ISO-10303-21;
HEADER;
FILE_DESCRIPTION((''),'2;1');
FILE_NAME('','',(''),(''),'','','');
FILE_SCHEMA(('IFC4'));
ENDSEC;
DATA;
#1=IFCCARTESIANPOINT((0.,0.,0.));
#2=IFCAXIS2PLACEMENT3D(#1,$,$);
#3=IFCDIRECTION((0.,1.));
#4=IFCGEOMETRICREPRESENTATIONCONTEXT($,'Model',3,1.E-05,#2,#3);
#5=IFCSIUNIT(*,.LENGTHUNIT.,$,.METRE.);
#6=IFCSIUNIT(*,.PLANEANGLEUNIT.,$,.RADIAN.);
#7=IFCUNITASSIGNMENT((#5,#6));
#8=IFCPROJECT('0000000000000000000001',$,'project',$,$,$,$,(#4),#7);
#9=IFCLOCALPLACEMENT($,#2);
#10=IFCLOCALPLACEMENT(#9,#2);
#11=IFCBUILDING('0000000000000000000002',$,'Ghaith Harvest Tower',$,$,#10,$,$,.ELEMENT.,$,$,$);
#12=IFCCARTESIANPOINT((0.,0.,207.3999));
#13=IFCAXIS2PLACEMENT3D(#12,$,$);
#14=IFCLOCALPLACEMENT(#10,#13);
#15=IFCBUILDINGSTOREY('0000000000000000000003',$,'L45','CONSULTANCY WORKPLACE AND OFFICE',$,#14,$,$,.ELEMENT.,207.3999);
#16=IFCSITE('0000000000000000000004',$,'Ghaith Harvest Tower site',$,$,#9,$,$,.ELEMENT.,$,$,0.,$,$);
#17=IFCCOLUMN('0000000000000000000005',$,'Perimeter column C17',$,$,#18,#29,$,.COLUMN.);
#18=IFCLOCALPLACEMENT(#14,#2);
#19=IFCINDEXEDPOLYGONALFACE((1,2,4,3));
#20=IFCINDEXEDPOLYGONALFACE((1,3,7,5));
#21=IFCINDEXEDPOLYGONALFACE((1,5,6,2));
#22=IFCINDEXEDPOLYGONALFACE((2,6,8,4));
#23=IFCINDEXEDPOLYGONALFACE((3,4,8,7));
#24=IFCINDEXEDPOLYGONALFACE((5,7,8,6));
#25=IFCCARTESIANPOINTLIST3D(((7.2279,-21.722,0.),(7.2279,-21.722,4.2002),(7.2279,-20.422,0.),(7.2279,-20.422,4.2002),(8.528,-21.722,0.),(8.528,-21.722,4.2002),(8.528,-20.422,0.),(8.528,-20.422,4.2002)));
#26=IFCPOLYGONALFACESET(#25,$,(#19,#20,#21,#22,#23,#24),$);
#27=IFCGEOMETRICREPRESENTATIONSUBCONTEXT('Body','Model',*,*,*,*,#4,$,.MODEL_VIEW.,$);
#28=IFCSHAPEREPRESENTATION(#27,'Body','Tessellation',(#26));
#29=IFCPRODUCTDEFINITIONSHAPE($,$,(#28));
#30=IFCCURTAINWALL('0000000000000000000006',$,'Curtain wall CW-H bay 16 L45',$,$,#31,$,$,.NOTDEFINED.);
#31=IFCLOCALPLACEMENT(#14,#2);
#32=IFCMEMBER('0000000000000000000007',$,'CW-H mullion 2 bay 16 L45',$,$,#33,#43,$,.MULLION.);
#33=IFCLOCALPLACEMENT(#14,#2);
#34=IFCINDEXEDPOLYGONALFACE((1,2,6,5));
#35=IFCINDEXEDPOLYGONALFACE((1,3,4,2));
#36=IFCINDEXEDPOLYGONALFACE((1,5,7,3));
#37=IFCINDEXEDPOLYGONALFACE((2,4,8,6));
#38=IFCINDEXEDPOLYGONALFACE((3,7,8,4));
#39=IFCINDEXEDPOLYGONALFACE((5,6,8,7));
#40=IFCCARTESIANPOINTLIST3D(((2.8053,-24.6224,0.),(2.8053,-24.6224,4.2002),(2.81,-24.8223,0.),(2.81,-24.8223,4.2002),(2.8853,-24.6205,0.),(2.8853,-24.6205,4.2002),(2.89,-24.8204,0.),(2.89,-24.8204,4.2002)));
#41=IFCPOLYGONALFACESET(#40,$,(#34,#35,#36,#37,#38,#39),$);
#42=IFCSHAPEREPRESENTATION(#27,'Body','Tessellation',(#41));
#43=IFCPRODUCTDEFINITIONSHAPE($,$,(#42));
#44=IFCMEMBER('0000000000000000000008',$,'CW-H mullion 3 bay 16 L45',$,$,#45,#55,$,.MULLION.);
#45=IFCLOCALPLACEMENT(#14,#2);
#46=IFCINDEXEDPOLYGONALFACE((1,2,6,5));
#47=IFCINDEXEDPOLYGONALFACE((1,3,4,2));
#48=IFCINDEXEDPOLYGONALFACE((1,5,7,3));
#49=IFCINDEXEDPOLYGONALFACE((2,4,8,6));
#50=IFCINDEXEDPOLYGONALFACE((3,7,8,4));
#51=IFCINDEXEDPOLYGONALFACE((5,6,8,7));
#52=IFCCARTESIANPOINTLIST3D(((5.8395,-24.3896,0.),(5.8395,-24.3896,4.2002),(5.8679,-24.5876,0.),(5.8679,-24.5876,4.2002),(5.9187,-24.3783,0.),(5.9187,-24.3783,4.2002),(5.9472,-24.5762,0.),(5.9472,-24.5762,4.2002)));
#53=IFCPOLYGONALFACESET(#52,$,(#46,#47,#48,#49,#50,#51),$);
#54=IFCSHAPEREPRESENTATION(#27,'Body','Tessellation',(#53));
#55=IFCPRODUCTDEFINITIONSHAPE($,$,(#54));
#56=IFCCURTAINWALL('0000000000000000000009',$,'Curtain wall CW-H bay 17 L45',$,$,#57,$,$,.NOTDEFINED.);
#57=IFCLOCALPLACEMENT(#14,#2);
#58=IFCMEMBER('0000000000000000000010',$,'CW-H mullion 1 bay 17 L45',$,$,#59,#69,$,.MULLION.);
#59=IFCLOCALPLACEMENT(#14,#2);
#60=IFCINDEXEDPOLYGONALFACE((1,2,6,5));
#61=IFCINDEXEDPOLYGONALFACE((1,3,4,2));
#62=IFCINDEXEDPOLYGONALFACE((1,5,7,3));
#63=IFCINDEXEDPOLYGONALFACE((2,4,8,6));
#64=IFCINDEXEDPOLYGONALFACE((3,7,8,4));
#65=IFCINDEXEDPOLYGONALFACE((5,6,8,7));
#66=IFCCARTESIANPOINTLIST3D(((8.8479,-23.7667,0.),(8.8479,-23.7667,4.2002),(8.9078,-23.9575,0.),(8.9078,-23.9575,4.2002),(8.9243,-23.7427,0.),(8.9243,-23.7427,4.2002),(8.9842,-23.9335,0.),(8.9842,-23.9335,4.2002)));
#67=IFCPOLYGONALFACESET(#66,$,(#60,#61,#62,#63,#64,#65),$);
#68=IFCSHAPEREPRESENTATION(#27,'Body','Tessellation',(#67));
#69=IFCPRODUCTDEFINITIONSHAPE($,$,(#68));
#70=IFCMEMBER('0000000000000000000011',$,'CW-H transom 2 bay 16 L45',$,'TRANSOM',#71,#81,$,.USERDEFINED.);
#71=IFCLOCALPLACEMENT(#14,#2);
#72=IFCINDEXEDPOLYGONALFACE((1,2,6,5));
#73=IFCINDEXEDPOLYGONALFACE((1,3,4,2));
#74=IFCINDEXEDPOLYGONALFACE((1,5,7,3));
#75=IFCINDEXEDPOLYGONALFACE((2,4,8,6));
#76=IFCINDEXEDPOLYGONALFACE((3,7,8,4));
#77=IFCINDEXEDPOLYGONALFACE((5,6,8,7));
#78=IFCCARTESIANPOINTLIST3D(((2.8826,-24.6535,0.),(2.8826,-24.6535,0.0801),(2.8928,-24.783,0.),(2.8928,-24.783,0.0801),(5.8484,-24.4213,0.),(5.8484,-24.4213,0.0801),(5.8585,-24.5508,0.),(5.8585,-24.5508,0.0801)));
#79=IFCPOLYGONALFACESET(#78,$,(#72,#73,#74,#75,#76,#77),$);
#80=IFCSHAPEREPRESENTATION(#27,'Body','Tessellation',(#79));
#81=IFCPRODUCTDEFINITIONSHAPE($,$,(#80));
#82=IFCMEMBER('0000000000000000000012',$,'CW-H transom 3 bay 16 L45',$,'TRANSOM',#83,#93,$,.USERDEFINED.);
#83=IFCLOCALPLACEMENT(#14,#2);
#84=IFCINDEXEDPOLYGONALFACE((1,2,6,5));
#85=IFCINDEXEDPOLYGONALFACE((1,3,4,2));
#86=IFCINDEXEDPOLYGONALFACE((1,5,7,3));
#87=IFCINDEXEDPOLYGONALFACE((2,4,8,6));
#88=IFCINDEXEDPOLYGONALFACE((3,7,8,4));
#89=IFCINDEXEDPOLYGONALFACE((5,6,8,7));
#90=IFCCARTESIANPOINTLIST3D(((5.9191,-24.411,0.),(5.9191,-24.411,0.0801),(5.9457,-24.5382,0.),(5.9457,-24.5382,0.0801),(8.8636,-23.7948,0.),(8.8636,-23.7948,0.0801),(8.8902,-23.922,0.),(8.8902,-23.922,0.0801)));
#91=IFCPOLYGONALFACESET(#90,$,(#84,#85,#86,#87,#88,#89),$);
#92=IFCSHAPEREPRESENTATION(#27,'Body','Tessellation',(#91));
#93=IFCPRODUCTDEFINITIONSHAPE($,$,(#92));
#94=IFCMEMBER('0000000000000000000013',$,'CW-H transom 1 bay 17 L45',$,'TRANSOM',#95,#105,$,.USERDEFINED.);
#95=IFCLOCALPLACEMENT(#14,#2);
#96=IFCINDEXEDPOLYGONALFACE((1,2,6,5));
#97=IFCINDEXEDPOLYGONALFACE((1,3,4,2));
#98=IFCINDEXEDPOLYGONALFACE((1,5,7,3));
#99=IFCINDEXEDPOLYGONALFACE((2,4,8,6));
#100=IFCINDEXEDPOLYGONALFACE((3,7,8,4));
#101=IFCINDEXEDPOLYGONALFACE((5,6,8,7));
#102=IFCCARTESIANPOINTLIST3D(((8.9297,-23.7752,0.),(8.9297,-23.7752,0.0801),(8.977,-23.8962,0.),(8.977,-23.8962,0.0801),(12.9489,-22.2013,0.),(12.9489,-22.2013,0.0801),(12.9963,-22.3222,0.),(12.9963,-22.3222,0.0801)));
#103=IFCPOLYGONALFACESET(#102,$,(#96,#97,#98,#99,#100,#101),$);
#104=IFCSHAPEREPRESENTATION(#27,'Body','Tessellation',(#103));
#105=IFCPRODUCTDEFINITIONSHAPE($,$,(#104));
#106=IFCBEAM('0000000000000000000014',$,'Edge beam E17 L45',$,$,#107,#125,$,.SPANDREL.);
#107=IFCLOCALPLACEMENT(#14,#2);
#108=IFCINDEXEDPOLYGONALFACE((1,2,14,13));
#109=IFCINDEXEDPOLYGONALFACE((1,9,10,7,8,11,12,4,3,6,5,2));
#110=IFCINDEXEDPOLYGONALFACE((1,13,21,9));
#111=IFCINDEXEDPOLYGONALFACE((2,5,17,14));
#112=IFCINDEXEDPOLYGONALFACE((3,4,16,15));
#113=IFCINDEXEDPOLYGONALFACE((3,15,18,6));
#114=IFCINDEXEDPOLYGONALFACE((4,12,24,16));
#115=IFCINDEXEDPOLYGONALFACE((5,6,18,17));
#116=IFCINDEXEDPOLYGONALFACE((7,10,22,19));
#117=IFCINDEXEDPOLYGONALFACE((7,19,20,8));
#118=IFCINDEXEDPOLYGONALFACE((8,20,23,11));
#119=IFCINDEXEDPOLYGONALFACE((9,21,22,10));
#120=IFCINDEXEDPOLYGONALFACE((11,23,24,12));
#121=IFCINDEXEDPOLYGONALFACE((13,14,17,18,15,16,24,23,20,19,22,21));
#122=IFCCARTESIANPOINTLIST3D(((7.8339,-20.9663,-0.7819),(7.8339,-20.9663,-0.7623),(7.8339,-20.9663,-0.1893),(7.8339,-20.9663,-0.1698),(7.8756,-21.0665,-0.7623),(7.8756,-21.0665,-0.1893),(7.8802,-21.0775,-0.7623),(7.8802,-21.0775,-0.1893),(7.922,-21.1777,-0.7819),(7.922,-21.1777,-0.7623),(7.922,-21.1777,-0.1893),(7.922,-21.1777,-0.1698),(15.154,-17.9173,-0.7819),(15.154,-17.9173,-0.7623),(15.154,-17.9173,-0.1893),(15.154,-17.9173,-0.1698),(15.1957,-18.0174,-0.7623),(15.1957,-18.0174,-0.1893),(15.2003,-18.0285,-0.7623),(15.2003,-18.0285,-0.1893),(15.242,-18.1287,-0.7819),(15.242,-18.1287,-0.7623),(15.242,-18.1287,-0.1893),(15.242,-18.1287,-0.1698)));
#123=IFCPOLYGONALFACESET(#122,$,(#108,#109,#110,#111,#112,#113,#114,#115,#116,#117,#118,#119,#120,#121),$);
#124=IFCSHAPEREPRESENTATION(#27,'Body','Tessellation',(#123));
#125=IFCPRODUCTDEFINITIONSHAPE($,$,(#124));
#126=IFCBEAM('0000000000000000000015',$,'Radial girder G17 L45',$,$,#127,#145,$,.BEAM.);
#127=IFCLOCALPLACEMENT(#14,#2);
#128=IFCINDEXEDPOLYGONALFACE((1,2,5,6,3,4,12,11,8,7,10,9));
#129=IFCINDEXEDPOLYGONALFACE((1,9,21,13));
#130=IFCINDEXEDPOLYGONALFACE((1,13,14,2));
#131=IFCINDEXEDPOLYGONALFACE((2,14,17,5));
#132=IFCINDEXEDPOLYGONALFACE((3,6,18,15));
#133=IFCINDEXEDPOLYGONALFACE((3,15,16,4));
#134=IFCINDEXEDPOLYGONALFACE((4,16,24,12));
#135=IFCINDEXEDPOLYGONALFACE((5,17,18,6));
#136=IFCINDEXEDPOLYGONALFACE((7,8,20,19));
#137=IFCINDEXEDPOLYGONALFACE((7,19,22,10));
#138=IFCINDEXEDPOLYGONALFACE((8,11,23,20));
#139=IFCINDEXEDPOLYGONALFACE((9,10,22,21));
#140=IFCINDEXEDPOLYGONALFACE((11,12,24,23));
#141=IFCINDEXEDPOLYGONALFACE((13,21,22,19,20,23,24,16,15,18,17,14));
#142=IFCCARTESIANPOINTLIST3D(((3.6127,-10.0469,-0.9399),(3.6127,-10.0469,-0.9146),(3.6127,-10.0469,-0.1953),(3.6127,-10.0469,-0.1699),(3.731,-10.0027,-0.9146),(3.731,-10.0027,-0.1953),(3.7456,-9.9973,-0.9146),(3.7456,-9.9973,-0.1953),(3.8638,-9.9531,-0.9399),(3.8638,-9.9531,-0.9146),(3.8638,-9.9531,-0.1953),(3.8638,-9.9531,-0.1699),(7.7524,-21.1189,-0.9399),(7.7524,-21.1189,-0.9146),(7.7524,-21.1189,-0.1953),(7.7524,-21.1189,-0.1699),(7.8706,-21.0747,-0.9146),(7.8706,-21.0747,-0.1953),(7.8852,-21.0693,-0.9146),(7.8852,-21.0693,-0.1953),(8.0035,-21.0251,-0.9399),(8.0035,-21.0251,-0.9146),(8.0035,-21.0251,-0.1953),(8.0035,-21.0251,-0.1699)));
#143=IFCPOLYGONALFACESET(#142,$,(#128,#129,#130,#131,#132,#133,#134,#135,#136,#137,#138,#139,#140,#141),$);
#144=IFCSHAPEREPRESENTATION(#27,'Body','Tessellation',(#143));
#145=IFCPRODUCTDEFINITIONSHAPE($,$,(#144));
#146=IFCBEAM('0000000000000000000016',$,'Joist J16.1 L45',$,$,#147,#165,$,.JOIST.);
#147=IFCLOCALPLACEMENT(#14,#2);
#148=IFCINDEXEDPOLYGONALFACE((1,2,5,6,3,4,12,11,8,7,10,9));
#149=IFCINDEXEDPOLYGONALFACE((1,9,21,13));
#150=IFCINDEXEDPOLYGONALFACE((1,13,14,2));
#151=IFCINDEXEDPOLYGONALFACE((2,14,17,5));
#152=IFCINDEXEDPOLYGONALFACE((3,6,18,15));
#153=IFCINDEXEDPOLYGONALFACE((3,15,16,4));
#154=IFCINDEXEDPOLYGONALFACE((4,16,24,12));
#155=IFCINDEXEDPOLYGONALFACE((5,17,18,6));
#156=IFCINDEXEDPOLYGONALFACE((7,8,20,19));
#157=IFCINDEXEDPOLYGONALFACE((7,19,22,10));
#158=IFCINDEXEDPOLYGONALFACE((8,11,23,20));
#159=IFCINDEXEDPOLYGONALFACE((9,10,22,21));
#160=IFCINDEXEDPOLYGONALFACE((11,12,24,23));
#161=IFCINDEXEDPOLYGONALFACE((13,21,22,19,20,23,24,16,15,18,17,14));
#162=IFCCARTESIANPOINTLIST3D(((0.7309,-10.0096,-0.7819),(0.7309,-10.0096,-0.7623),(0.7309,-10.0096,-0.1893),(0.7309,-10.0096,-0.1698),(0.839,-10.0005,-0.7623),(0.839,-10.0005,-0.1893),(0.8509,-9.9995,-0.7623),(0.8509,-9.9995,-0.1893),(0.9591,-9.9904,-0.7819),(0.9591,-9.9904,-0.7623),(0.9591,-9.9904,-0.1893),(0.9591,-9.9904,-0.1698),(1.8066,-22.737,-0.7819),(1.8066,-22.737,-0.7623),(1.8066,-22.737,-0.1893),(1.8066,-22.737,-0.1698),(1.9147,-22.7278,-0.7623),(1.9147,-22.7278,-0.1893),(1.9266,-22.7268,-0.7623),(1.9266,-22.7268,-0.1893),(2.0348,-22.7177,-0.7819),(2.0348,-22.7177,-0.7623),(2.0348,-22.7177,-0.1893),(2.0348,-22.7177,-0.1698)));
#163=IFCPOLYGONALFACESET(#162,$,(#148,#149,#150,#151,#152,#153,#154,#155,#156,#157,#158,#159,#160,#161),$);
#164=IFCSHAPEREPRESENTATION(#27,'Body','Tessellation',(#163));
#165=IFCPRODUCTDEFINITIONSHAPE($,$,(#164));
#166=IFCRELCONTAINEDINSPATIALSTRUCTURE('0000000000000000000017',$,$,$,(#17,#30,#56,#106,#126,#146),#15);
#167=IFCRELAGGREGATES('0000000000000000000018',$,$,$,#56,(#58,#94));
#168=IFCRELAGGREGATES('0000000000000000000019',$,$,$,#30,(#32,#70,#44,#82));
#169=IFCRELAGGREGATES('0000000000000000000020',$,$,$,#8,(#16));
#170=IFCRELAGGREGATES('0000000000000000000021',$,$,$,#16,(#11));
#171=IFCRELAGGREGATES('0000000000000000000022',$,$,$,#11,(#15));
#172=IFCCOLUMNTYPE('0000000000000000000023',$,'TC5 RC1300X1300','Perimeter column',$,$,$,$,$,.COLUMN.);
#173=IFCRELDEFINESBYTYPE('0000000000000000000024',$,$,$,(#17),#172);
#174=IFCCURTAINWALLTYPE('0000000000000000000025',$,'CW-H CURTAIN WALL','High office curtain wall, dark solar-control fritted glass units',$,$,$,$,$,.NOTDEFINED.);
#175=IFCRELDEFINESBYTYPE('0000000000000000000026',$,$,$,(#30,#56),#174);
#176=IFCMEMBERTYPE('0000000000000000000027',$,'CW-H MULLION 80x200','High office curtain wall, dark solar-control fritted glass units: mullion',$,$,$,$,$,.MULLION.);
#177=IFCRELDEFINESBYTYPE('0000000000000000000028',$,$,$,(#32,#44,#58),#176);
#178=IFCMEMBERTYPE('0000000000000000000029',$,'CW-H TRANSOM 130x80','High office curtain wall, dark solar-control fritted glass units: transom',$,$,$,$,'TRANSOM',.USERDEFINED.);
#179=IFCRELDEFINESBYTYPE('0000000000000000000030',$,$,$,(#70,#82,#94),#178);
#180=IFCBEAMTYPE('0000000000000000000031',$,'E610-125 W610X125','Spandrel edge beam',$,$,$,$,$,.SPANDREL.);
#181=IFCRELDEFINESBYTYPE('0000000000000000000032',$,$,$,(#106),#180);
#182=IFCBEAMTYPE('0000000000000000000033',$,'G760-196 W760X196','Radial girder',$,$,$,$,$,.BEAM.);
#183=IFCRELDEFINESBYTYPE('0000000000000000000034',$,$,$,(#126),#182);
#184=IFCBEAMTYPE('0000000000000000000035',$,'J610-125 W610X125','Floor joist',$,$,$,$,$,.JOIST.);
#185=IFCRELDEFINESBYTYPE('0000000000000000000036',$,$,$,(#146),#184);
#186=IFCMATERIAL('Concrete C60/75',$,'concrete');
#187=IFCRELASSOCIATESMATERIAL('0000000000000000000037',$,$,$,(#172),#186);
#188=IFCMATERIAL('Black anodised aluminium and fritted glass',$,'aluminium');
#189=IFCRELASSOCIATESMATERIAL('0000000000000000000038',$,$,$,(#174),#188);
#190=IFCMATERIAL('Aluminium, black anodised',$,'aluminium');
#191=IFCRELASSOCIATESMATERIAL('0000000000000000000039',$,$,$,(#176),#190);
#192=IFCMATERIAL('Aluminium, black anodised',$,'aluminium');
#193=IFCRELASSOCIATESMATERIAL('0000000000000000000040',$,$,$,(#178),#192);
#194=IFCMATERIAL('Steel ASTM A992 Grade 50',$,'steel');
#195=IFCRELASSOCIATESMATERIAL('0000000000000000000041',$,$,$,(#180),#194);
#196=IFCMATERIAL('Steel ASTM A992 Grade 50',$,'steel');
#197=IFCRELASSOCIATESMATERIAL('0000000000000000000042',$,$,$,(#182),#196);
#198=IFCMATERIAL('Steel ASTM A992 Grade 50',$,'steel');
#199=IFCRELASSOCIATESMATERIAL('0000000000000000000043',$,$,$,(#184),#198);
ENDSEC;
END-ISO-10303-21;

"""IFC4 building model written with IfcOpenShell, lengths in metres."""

from ifc_helpers import new_model, si_unit, direction, frame, origin, origin_2d, place, context, subcontext, project, spatial, rectangle, i_section, extrude, material, material_profile, profile_set, type_object, element, aggregate, save


model = new_model("IFC4")

# Units and contexts
model_context = context("Model", 3, precision=1e-05, world=origin(), true_north=direction((0.0, 1.0)))
body_context = subcontext(model_context, "Body", "Model", "MODEL_VIEW")
ifc_project = project(units=[si_unit("LENGTHUNIT", "METRE"), si_unit("PLANEANGLEUNIT", "RADIAN")], contexts=[model_context])

# Site, building, storey
site_placement = place(None, origin())
site = spatial("IfcSite", under=ifc_project, at=site_placement, Name="Ghaith Harvest Tower site", CompositionType="ELEMENT", RefElevation=0.0)
building_placement = place(site_placement, origin())
building = spatial("IfcBuilding", under=site, at=building_placement, Name="Ghaith Harvest Tower", CompositionType="ELEMENT")
storey_placement = place(building_placement, frame((0.0, 0.0, 207.3999)))
storey = spatial("IfcBuildingStorey", under=building, at=storey_placement, Name="L45", Description="CONSULTANCY WORKPLACE AND OFFICE", CompositionType="ELEMENT", Elevation=207.3999)

# Column
ifc_material_1 = material(Name="Concrete C60/75", Category="concrete")
ifc_material_profile_1 = material_profile(ifc_material_1, rectangle(XDim=1.3, YDim=1.3, at=origin_2d()), Name="RC1300X1300")
ifc_profile_set_1 = profile_set([ifc_material_profile_1], Name="Concrete C60/75")
column_type = type_object("IfcColumnType", Name="TC5 RC1300X1300", Description="Perimeter column", PredefinedType="COLUMN", material=ifc_profile_set_1)
column_placement = place(storey_placement, frame((7.8779, -21.072, 0.0), z_axis=(0.0, 0.0, 1.0), x_axis=(1.0, 0.0, 0.0)))
element("IfcColumn", 1, at=column_placement, inside=storey, type_object=column_type, Name="Perimeter column C17", PredefinedType="COLUMN", context=body_context, shape_type="SweptSolid", body=[
    extrude(rectangle(XDim=1.3, YDim=1.3, at=origin_2d()), origin(), (0.0, 0.0, 1.0), 4.2002),
])

# Curtain wall, members
ifc_material_2 = material(Name="Black anodised aluminium and fritted glass", Category="aluminium")
curtain_wall_type = type_object("IfcCurtainWallType", Name="CW-H CURTAIN WALL", Description="High office curtain wall, dark solar-control fritted glass units", PredefinedType="NOTDEFINED", material=ifc_material_2)
curtain_wall_1_placement = place(storey_placement, origin())
curtain_wall_1 = element("IfcCurtainWall", 2, at=curtain_wall_1_placement, inside=storey, type_object=curtain_wall_type, Name="Curtain wall CW-H bay 16 L45", PredefinedType="NOTDEFINED")
ifc_material_3 = material(Name="Aluminium, black anodised", Category="aluminium")
ifc_material_profile_2 = material_profile(ifc_material_3, rectangle(XDim=0.0801, YDim=0.2, at=origin_2d()), Name="CW-H MULLION 80x200")
ifc_profile_set_2 = profile_set([ifc_material_profile_2], Name="Aluminium, black anodised")
member_type_1 = type_object("IfcMemberType", Name="CW-H MULLION 80x200", Description="High office curtain wall, dark solar-control fritted glass units: mullion", PredefinedType="MULLION", material=ifc_profile_set_2)
member_1_placement = place(storey_placement, frame((2.8477, -24.7214, 0.0), z_axis=(0.0, 0.0, 1.0), x_axis=(0.999724, 0.023475, 0.0)))
member_1 = element("IfcMember", 3, at=member_1_placement, type_object=member_type_1, Name="CW-H mullion 2 bay 16 L45", PredefinedType="MULLION", context=body_context, shape_type="SweptSolid", body=[
    extrude(rectangle(XDim=0.0801, YDim=0.2, at=origin_2d()), origin(), (0.0, 0.0, 1.0), 4.2002),
])
member_2_placement = place(storey_placement, frame((5.8933, -24.4829, 0.0), z_axis=(0.0, 0.0, 1.0), x_axis=(0.989849, 0.142122, 0.0)))
member_2 = element("IfcMember", 4, at=member_2_placement, type_object=member_type_1, Name="CW-H mullion 3 bay 16 L45", PredefinedType="MULLION", context=body_context, shape_type="SweptSolid", body=[
    extrude(rectangle(XDim=0.0801, YDim=0.2, at=origin_2d()), origin(), (0.0, 0.0, 1.0), 4.2002),
])

# Curtain wall, member
curtain_wall_2_placement = place(storey_placement, origin())
curtain_wall_2 = element("IfcCurtainWall", 5, at=curtain_wall_2_placement, inside=storey, type_object=curtain_wall_type, Name="Curtain wall CW-H bay 17 L45", PredefinedType="NOTDEFINED")
member_3_placement = place(storey_placement, frame((8.916, -23.8501, 0.0), z_axis=(0.0, 0.0, 1.0), x_axis=(0.95403, 0.299711, 0.0)))
member_3 = element("IfcMember", 6, at=member_3_placement, type_object=member_type_1, Name="CW-H mullion 1 bay 17 L45", PredefinedType="MULLION", context=body_context, shape_type="SweptSolid", body=[
    extrude(rectangle(XDim=0.0801, YDim=0.2, at=origin_2d()), origin(), (0.0, 0.0, 1.0), 4.2002),
])

# Members
ifc_material_4 = material(Name="Aluminium, black anodised", Category="aluminium")
ifc_material_profile_3 = material_profile(ifc_material_4, rectangle(XDim=0.1299, YDim=0.0801, at=origin_2d()), Name="CW-H TRANSOM 130x80")
ifc_profile_set_3 = profile_set([ifc_material_profile_3], Name="Aluminium, black anodised")
member_type_2 = type_object("IfcMemberType", Name="CW-H TRANSOM 130x80", Description="High office curtain wall, dark solar-control fritted glass units: transom", ElementType="TRANSOM", PredefinedType="USERDEFINED", material=ifc_profile_set_3)
member_4_placement = place(storey_placement, frame((2.8877, -24.7183, 0.04), z_axis=(0.99695, 0.078046, 0.0), x_axis=(-0.078046, 0.99695, 0.0)))
member_4 = element("IfcMember", 7, at=member_4_placement, type_object=member_type_2, Name="CW-H transom 2 bay 16 L45", ObjectType="TRANSOM", PredefinedType="USERDEFINED", context=body_context, shape_type="SweptSolid", body=[
    extrude(rectangle(XDim=0.1299, YDim=0.0801, at=origin_2d()), origin(), (0.0, 0.0, 1.0), 2.9749),
])
member_5_placement = place(storey_placement, frame((5.9324, -24.4746, 0.04), z_axis=(0.978797, 0.204832, 0.0), x_axis=(-0.204832, 0.978797, 0.0)))
member_5 = element("IfcMember", 8, at=member_5_placement, type_object=member_type_2, Name="CW-H transom 3 bay 16 L45", ObjectType="TRANSOM", PredefinedType="USERDEFINED", context=body_context, shape_type="SweptSolid", body=[
    extrude(rectangle(XDim=0.1299, YDim=0.0801, at=origin_2d()), origin(), (0.0, 0.0, 1.0), 3.0083),
])
member_6_placement = place(storey_placement, frame((8.9534, -23.8357, 0.04), z_axis=(0.931148, 0.364642, 0.0), x_axis=(-0.364642, 0.931148, 0.0)))
member_6 = element("IfcMember", 9, at=member_6_placement, type_object=member_type_2, Name="CW-H transom 1 bay 17 L45", ObjectType="TRANSOM", PredefinedType="USERDEFINED", context=body_context, shape_type="SweptSolid", body=[
    extrude(rectangle(XDim=0.1299, YDim=0.0801, at=origin_2d()), origin(), (0.0, 0.0, 1.0), 4.3164),
])
aggregate(curtain_wall_2, [member_3, member_6])

# Beams
ifc_material_5 = material(Name="Steel ASTM A992 Grade 50", Category="steel")
ifc_material_profile_4 = material_profile(ifc_material_5, i_section(OverallWidth=0.229, OverallDepth=0.6121, WebThickness=0.012, FlangeThickness=0.0195, at=origin_2d()), Name="W610X125")
ifc_profile_set_4 = profile_set([ifc_material_profile_4], Name="Steel ASTM A992 Grade 50")
beam_type_1 = type_object("IfcBeamType", Name="E610-125 W610X125", Description="Spandrel edge beam", PredefinedType="SPANDREL", material=ifc_profile_set_4)
beam_1_placement = place(storey_placement, frame((7.8779, -21.072, -0.4758), z_axis=(0.92312, 0.384513, 0.0), x_axis=(-0.384513, 0.92312, 0.0)))
element("IfcBeam", 10, at=beam_1_placement, inside=storey, type_object=beam_type_1, Name="Edge beam E17 L45", PredefinedType="SPANDREL", context=body_context, shape_type="SweptSolid", body=[
    extrude(i_section(OverallWidth=0.229, OverallDepth=0.6121, WebThickness=0.012, FlangeThickness=0.0195, at=origin_2d()), origin(), (0.0, 0.0, 1.0), 7.9297),
])
ifc_material_6 = material(Name="Steel ASTM A992 Grade 50", Category="steel")
ifc_material_profile_5 = material_profile(ifc_material_6, i_section(OverallWidth=0.2681, OverallDepth=0.77, WebThickness=0.0156, FlangeThickness=0.0254, at=origin_2d()), Name="W760X196")
ifc_profile_set_5 = profile_set([ifc_material_profile_5], Name="Steel ASTM A992 Grade 50")
beam_type_2 = type_object("IfcBeamType", Name="G760-196 W760X196", Description="Radial girder", PredefinedType="BEAM", material=ifc_profile_set_5)
beam_2_placement = place(storey_placement, frame((3.7383, -10.0, -0.5549), z_axis=(0.350207, -0.936672, 0.0), x_axis=(0.936672, 0.350207, 0.0)))
element("IfcBeam", 11, at=beam_2_placement, inside=storey, type_object=beam_type_2, Name="Radial girder G17 L45", PredefinedType="BEAM", context=body_context, shape_type="SweptSolid", body=[
    extrude(i_section(OverallWidth=0.2681, OverallDepth=0.77, WebThickness=0.0156, FlangeThickness=0.0254, at=origin_2d()), origin(), (0.0, 0.0, 1.0), 11.8206),
])
ifc_material_7 = material(Name="Steel ASTM A992 Grade 50", Category="steel")
ifc_material_profile_6 = material_profile(ifc_material_7, i_section(OverallWidth=0.229, OverallDepth=0.6121, WebThickness=0.012, FlangeThickness=0.0195, at=origin_2d()), Name="W610X125")
ifc_profile_set_6 = profile_set([ifc_material_profile_6], Name="Steel ASTM A992 Grade 50")
beam_type_3 = type_object("IfcBeamType", Name="J610-125 W610X125", Description="Floor joist", PredefinedType="JOIST", material=ifc_profile_set_6)
beam_3_placement = place(storey_placement, frame((0.845, -10.0, -0.4758), z_axis=(0.084218, -0.996447, 0.0), x_axis=(0.996447, 0.084218, 0.0)))
element("IfcBeam", 12, at=beam_3_placement, inside=storey, type_object=beam_type_3, Name="Joist J16.1 L45", PredefinedType="JOIST", context=body_context, shape_type="SweptSolid", body=[
    extrude(i_section(OverallWidth=0.229, OverallDepth=0.6121, WebThickness=0.012, FlangeThickness=0.0195, at=origin_2d()), origin(), (0.0, 0.0, 1.0), 12.7727),
])

aggregate(curtain_wall_1, [member_1, member_4, member_2, member_5])

save(model, "model.ifc")
